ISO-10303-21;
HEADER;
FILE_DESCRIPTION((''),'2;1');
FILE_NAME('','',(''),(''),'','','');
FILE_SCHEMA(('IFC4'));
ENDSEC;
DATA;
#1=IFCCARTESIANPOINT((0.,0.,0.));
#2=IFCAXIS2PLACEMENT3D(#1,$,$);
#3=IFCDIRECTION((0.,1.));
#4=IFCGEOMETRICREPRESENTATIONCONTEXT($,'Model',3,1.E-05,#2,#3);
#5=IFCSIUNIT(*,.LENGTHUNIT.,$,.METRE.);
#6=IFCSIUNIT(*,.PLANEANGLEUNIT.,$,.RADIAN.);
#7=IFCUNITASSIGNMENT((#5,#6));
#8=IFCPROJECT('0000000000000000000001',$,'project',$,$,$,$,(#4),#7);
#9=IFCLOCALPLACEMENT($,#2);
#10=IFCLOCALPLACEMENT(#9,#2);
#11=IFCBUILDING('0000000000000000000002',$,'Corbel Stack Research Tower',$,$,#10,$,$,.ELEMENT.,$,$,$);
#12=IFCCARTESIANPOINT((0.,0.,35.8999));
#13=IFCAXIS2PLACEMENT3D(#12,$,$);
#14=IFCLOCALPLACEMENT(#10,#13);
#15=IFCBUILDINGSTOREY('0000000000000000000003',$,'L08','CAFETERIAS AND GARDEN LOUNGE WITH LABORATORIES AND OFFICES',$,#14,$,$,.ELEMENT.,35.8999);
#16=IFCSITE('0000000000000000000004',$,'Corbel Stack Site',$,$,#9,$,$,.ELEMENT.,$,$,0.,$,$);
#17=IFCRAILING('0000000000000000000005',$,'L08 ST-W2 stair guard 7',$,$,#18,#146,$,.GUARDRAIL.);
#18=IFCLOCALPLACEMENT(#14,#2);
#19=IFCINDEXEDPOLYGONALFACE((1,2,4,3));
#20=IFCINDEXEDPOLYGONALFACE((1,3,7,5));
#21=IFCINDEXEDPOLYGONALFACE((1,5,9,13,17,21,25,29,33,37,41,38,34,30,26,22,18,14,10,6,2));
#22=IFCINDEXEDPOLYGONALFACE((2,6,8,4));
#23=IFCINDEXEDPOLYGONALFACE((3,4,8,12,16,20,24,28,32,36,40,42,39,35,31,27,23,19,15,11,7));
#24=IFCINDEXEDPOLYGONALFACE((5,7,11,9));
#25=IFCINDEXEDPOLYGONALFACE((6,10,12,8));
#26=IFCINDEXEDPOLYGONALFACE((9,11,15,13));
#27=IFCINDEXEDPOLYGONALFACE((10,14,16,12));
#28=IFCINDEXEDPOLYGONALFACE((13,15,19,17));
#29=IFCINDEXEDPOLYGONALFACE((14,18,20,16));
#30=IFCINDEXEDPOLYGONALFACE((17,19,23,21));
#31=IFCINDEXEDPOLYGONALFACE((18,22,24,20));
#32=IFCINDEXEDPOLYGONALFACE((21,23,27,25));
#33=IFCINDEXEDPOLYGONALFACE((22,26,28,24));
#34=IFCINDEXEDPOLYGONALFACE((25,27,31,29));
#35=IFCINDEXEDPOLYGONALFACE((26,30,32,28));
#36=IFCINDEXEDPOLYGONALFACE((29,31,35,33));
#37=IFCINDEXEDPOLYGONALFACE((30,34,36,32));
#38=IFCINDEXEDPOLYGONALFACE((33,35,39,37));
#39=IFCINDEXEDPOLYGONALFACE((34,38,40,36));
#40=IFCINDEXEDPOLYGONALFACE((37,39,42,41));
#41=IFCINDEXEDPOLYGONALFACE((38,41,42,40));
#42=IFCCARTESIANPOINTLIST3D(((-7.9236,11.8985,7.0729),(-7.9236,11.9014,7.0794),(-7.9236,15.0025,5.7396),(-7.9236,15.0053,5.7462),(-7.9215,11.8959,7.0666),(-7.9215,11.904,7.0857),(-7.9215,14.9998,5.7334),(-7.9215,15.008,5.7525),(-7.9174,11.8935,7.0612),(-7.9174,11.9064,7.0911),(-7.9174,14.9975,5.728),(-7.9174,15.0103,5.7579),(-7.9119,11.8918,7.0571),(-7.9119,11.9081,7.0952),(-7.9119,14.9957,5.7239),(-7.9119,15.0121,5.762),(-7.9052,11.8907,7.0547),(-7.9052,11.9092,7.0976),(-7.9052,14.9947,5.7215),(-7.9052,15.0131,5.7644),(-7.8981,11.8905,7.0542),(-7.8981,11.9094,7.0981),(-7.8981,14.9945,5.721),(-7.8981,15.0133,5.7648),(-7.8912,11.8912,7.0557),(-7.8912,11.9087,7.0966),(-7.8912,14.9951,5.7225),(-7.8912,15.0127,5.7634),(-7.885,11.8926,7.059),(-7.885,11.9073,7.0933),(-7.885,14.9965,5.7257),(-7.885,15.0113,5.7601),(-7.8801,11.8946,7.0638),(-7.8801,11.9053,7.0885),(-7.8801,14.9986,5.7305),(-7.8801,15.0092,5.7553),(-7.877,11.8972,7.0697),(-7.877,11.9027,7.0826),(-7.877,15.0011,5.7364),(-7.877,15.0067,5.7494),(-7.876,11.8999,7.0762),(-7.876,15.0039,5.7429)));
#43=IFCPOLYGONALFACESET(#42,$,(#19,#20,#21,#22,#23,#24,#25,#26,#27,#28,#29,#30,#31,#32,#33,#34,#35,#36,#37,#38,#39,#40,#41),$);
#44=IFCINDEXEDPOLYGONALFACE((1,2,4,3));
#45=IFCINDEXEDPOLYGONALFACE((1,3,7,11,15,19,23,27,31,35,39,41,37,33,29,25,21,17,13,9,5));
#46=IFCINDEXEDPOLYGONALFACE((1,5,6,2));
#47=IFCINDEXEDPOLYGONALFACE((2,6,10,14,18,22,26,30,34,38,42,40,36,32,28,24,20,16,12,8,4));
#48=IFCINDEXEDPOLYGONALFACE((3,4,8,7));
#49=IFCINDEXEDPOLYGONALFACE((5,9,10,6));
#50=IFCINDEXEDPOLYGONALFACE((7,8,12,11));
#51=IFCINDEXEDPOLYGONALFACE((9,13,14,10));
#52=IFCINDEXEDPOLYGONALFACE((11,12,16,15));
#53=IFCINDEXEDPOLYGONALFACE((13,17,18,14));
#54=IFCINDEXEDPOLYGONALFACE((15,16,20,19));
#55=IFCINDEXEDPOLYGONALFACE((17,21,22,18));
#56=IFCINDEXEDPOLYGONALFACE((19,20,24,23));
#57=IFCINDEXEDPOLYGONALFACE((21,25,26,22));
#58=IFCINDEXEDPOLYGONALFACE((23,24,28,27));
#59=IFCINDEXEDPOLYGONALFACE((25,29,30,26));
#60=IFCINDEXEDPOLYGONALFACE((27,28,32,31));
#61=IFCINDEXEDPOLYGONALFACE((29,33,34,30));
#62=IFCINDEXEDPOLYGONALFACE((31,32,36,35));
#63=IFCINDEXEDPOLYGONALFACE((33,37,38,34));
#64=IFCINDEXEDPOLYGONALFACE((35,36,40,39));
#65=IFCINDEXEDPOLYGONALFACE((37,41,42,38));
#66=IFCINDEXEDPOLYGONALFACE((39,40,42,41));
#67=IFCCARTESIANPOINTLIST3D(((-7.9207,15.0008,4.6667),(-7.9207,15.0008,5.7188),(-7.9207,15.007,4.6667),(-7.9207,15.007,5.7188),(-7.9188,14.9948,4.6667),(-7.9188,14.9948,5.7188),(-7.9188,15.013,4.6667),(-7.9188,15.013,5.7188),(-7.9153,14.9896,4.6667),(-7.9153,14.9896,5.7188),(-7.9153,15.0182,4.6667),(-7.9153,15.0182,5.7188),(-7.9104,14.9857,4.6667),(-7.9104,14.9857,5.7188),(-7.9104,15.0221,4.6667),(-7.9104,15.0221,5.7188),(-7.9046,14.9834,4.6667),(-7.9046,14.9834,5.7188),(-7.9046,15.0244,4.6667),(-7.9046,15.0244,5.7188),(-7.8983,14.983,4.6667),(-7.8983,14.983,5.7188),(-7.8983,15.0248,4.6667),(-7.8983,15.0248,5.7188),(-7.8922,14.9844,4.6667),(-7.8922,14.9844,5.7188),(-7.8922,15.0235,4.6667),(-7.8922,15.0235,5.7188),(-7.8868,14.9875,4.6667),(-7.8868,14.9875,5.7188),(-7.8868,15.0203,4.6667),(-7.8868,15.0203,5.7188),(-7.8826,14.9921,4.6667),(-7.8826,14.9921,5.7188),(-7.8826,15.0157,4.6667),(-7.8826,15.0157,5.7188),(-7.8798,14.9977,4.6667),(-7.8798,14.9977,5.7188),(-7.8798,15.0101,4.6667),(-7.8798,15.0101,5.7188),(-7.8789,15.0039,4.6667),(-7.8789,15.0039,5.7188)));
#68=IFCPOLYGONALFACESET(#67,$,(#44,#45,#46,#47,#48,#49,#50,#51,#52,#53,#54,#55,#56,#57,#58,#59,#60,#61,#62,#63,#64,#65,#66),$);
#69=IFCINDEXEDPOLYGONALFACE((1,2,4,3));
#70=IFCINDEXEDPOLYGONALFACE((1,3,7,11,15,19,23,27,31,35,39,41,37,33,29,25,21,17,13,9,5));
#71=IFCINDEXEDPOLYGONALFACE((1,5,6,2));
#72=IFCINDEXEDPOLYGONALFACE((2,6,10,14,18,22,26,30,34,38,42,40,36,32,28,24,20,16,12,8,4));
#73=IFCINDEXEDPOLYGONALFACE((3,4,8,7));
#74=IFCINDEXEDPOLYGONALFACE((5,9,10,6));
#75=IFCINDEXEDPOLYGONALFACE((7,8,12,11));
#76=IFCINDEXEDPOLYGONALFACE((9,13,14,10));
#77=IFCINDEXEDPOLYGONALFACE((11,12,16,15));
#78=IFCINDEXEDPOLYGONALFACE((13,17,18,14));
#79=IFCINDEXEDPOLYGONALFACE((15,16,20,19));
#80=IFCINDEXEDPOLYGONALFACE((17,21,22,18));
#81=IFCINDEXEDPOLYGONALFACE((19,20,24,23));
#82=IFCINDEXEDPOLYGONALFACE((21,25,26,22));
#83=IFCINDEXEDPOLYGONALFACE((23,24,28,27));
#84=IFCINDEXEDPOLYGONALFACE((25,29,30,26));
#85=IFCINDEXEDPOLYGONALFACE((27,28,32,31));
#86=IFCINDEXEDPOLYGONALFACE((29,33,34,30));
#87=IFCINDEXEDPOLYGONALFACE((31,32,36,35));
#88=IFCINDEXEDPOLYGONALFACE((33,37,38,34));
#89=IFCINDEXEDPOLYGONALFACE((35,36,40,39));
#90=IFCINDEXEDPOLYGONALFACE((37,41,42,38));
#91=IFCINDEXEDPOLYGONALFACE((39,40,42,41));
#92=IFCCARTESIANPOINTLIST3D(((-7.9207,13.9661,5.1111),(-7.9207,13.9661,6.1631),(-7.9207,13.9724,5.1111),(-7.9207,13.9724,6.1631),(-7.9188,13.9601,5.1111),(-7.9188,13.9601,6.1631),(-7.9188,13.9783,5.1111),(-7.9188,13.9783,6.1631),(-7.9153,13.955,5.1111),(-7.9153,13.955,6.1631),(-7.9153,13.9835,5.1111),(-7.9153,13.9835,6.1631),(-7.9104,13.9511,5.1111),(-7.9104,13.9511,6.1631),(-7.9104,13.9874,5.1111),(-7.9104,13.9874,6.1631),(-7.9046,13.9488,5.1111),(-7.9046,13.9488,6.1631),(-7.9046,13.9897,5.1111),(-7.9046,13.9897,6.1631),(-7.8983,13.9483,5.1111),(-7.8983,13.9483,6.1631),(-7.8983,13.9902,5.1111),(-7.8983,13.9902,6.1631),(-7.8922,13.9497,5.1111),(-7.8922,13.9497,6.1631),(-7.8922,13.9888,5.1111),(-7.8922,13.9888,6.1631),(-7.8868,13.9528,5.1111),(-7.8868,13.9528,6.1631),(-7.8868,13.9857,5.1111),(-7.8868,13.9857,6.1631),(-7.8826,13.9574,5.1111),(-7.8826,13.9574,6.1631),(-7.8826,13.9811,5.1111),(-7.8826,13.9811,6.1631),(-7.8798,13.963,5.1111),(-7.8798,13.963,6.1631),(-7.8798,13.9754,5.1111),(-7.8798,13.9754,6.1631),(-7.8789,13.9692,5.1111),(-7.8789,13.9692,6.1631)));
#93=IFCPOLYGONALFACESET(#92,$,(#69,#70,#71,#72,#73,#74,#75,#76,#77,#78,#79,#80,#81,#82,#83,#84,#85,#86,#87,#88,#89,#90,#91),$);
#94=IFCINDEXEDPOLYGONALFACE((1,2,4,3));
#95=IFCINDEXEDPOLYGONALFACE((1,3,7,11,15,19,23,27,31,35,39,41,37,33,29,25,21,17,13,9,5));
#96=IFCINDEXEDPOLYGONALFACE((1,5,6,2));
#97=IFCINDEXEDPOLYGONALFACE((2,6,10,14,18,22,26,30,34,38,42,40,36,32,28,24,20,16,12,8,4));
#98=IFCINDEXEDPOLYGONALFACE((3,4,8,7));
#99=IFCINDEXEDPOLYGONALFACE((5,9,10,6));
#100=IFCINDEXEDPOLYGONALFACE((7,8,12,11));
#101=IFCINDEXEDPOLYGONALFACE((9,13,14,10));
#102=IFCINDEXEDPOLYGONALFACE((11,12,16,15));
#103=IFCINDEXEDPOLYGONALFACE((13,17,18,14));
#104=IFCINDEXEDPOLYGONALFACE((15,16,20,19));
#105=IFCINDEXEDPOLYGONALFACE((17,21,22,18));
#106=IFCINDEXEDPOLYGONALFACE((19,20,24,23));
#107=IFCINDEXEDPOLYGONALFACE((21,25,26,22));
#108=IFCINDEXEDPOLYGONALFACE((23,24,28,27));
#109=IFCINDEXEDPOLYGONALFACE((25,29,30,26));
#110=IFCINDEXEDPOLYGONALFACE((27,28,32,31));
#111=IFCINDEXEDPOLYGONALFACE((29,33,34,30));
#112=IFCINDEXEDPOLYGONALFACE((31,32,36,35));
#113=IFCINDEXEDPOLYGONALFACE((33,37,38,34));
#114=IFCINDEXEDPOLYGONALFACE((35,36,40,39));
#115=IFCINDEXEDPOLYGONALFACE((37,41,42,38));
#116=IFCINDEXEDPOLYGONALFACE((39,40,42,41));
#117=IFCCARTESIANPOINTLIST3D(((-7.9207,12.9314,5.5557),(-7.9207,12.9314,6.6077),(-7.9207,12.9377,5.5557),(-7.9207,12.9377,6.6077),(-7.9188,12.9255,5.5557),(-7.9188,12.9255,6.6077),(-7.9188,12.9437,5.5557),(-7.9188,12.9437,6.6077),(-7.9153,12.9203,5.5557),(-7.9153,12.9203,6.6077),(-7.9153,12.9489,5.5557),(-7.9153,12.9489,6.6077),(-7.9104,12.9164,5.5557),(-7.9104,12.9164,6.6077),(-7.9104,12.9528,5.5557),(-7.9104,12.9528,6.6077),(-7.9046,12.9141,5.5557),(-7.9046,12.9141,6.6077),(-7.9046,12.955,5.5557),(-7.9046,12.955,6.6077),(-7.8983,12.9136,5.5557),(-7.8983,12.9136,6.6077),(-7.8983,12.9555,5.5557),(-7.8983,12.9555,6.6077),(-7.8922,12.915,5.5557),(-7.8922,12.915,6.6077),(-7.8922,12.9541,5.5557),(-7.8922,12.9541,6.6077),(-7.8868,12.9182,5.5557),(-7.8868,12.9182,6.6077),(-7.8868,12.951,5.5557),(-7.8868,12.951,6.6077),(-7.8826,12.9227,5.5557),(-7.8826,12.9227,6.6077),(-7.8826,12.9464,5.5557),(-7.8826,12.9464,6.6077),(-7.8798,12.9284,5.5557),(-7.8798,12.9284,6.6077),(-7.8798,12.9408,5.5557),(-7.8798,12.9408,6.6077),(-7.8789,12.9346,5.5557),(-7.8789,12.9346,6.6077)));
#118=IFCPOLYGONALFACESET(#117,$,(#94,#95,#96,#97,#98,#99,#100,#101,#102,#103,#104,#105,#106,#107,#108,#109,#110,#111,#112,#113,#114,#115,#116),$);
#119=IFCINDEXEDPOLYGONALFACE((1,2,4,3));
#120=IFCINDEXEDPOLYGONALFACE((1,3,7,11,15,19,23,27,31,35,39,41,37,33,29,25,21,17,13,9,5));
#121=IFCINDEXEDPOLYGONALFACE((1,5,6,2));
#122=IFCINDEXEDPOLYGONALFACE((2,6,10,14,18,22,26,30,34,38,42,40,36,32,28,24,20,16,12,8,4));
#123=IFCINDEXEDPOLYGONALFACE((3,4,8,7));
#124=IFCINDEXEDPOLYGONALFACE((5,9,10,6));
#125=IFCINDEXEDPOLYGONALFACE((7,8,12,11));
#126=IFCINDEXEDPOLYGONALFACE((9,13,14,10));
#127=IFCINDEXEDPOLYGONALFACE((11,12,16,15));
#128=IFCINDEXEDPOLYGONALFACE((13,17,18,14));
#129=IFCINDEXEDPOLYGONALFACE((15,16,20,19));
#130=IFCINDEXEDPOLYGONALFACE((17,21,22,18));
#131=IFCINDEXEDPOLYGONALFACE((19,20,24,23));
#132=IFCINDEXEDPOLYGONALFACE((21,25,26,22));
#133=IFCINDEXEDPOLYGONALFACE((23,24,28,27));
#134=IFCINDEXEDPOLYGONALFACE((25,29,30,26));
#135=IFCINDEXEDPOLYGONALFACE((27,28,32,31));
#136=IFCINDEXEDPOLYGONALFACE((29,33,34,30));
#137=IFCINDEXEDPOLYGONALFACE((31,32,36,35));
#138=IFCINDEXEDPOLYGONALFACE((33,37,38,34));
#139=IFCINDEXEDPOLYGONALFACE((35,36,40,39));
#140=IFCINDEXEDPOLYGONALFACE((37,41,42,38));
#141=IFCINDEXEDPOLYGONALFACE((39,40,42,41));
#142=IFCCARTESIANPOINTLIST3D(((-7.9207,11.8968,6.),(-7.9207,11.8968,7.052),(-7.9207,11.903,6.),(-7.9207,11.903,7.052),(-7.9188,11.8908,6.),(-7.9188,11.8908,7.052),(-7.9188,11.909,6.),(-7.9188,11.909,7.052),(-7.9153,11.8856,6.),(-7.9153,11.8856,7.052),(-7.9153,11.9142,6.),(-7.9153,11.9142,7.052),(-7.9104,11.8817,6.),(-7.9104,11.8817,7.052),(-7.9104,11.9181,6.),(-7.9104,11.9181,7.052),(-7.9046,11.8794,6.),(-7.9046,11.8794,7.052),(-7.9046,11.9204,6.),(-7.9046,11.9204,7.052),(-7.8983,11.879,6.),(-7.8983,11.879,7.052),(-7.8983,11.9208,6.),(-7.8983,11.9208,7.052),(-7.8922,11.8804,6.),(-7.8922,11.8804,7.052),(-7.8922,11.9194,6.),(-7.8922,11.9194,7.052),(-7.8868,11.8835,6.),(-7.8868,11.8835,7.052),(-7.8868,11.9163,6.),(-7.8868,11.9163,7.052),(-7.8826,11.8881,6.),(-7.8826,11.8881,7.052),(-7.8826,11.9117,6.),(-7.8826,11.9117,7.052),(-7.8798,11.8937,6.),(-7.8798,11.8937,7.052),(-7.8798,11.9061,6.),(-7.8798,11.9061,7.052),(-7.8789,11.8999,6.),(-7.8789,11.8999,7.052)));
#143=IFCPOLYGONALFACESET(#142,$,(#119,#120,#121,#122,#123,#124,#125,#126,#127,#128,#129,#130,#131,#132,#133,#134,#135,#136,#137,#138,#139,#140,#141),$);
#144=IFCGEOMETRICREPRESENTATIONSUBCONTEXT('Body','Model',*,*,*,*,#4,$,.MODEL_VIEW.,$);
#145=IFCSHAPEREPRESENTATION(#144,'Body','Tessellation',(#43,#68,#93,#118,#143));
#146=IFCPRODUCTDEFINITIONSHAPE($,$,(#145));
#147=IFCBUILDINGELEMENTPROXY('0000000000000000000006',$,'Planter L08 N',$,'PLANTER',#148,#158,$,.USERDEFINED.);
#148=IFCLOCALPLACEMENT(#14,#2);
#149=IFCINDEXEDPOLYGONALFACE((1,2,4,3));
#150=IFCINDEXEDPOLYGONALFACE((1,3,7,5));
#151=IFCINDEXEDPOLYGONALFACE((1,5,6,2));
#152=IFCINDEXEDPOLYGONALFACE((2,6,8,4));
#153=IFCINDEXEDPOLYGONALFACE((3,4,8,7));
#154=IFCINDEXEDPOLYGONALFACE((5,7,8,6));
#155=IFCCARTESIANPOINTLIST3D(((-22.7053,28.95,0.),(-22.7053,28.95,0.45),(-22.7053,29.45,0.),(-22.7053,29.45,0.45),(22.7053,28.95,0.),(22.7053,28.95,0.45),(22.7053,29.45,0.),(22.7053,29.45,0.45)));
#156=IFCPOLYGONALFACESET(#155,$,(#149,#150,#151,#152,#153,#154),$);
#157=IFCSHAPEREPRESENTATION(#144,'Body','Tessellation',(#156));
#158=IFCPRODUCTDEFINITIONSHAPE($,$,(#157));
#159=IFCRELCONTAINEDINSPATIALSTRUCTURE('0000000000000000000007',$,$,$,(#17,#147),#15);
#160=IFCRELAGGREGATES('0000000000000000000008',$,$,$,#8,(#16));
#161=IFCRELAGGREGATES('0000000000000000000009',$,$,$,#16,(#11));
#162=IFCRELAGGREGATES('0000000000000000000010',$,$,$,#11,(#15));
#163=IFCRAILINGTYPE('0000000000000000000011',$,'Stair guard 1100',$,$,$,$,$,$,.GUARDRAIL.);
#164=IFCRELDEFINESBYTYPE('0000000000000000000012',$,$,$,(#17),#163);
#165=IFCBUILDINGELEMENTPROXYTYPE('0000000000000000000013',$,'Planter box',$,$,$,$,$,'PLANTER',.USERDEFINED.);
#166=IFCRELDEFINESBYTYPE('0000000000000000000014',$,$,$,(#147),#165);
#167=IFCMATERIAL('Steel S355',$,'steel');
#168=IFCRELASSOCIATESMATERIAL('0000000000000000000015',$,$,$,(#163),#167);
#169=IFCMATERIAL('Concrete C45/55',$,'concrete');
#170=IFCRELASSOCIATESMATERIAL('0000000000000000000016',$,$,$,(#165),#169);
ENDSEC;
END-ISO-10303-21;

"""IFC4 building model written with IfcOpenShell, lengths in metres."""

from ifc_helpers import new_model, si_unit, direction, frame, origin, origin_2d, place, context, subcontext, project, spatial, rectangle, circle, extrude, material, type_object, element, save


model = new_model("IFC4")

# Units and contexts
model_context = context("Model", 3, precision=1e-05, world=origin(), true_north=direction((0.0, 1.0)))
body_context = subcontext(model_context, "Body", "Model", "MODEL_VIEW")
ifc_project = project(units=[si_unit("LENGTHUNIT", "METRE"), si_unit("PLANEANGLEUNIT", "RADIAN")], contexts=[model_context])

# Site, building, storey
site_placement = place(None, origin())
site = spatial("IfcSite", under=ifc_project, at=site_placement, Name="Corbel Stack Site", CompositionType="ELEMENT", RefElevation=0.0)
building_placement = place(site_placement, origin())
building = spatial("IfcBuilding", under=site, at=building_placement, Name="Corbel Stack Research Tower", CompositionType="ELEMENT")
storey_placement = place(building_placement, frame((0.0, 0.0, 35.8999)))
storey = spatial("IfcBuildingStorey", under=building, at=storey_placement, Name="L08", Description="CAFETERIAS AND GARDEN LOUNGE WITH LABORATORIES AND OFFICES", CompositionType="ELEMENT", Elevation=35.8999)

# Railing
ifc_material_1 = material(Name="Steel S355", Category="steel")
railing_type = type_object("IfcRailingType", Name="Stair guard 1100", PredefinedType="GUARDRAIL", material=ifc_material_1)
railing_1_placement = place(storey_placement, frame((-7.8999, 15.0039, 4.6667)))
element("IfcRailing", 1, at=railing_1_placement, inside=storey, type_object=railing_type, Name="L08 ST-W2 stair guard 7", PredefinedType="GUARDRAIL", context=body_context, shape_type="SweptSolid", body=[
    extrude(circle(Radius=0.0239, at=origin_2d()), frame((0.0, 0.0, 1.0762), z_axis=(0.0, -0.918827, 0.394661), x_axis=(1.0, 0.0, 0.0)), (0.0, 0.0, 1.0), 3.3782),
    extrude(circle(Radius=0.021, at=origin_2d()), origin(), (0.0, 0.0, 1.0), 1.052),
    extrude(circle(Radius=0.021, at=origin_2d()), frame((0.0, -1.0347, 0.4443)), (0.0, 0.0, 1.0), 1.052),
    extrude(circle(Radius=0.021, at=origin_2d()), frame((0.0, -2.0693, 0.8889)), (0.0, 0.0, 1.0), 1.052),
    extrude(circle(Radius=0.021, at=origin_2d()), frame((0.0, -3.104, 1.3333)), (0.0, 0.0, 1.0), 1.052),
])

# Building element proxy
ifc_material_2 = material(Name="Concrete C45/55", Category="concrete")
building_element_proxy_type = type_object("IfcBuildingElementProxyType", Name="Planter box", ElementType="PLANTER", PredefinedType="USERDEFINED", material=ifc_material_2)
proxy_placement = place(storey_placement, frame((0.0, 29.2, 0.0), z_axis=(0.0, 0.0, 1.0), x_axis=(-1.0, 0.0, 0.0)))
element("IfcBuildingElementProxy", 2, at=proxy_placement, inside=storey, type_object=building_element_proxy_type, Name="Planter L08 N", ObjectType="PLANTER", PredefinedType="USERDEFINED", context=body_context, shape_type="SweptSolid", body=[
    extrude(rectangle(XDim=45.4106, YDim=0.5, at=origin_2d()), origin(), (0.0, 0.0, 1.0), 0.45),
])

save(model, "model.ifc")
